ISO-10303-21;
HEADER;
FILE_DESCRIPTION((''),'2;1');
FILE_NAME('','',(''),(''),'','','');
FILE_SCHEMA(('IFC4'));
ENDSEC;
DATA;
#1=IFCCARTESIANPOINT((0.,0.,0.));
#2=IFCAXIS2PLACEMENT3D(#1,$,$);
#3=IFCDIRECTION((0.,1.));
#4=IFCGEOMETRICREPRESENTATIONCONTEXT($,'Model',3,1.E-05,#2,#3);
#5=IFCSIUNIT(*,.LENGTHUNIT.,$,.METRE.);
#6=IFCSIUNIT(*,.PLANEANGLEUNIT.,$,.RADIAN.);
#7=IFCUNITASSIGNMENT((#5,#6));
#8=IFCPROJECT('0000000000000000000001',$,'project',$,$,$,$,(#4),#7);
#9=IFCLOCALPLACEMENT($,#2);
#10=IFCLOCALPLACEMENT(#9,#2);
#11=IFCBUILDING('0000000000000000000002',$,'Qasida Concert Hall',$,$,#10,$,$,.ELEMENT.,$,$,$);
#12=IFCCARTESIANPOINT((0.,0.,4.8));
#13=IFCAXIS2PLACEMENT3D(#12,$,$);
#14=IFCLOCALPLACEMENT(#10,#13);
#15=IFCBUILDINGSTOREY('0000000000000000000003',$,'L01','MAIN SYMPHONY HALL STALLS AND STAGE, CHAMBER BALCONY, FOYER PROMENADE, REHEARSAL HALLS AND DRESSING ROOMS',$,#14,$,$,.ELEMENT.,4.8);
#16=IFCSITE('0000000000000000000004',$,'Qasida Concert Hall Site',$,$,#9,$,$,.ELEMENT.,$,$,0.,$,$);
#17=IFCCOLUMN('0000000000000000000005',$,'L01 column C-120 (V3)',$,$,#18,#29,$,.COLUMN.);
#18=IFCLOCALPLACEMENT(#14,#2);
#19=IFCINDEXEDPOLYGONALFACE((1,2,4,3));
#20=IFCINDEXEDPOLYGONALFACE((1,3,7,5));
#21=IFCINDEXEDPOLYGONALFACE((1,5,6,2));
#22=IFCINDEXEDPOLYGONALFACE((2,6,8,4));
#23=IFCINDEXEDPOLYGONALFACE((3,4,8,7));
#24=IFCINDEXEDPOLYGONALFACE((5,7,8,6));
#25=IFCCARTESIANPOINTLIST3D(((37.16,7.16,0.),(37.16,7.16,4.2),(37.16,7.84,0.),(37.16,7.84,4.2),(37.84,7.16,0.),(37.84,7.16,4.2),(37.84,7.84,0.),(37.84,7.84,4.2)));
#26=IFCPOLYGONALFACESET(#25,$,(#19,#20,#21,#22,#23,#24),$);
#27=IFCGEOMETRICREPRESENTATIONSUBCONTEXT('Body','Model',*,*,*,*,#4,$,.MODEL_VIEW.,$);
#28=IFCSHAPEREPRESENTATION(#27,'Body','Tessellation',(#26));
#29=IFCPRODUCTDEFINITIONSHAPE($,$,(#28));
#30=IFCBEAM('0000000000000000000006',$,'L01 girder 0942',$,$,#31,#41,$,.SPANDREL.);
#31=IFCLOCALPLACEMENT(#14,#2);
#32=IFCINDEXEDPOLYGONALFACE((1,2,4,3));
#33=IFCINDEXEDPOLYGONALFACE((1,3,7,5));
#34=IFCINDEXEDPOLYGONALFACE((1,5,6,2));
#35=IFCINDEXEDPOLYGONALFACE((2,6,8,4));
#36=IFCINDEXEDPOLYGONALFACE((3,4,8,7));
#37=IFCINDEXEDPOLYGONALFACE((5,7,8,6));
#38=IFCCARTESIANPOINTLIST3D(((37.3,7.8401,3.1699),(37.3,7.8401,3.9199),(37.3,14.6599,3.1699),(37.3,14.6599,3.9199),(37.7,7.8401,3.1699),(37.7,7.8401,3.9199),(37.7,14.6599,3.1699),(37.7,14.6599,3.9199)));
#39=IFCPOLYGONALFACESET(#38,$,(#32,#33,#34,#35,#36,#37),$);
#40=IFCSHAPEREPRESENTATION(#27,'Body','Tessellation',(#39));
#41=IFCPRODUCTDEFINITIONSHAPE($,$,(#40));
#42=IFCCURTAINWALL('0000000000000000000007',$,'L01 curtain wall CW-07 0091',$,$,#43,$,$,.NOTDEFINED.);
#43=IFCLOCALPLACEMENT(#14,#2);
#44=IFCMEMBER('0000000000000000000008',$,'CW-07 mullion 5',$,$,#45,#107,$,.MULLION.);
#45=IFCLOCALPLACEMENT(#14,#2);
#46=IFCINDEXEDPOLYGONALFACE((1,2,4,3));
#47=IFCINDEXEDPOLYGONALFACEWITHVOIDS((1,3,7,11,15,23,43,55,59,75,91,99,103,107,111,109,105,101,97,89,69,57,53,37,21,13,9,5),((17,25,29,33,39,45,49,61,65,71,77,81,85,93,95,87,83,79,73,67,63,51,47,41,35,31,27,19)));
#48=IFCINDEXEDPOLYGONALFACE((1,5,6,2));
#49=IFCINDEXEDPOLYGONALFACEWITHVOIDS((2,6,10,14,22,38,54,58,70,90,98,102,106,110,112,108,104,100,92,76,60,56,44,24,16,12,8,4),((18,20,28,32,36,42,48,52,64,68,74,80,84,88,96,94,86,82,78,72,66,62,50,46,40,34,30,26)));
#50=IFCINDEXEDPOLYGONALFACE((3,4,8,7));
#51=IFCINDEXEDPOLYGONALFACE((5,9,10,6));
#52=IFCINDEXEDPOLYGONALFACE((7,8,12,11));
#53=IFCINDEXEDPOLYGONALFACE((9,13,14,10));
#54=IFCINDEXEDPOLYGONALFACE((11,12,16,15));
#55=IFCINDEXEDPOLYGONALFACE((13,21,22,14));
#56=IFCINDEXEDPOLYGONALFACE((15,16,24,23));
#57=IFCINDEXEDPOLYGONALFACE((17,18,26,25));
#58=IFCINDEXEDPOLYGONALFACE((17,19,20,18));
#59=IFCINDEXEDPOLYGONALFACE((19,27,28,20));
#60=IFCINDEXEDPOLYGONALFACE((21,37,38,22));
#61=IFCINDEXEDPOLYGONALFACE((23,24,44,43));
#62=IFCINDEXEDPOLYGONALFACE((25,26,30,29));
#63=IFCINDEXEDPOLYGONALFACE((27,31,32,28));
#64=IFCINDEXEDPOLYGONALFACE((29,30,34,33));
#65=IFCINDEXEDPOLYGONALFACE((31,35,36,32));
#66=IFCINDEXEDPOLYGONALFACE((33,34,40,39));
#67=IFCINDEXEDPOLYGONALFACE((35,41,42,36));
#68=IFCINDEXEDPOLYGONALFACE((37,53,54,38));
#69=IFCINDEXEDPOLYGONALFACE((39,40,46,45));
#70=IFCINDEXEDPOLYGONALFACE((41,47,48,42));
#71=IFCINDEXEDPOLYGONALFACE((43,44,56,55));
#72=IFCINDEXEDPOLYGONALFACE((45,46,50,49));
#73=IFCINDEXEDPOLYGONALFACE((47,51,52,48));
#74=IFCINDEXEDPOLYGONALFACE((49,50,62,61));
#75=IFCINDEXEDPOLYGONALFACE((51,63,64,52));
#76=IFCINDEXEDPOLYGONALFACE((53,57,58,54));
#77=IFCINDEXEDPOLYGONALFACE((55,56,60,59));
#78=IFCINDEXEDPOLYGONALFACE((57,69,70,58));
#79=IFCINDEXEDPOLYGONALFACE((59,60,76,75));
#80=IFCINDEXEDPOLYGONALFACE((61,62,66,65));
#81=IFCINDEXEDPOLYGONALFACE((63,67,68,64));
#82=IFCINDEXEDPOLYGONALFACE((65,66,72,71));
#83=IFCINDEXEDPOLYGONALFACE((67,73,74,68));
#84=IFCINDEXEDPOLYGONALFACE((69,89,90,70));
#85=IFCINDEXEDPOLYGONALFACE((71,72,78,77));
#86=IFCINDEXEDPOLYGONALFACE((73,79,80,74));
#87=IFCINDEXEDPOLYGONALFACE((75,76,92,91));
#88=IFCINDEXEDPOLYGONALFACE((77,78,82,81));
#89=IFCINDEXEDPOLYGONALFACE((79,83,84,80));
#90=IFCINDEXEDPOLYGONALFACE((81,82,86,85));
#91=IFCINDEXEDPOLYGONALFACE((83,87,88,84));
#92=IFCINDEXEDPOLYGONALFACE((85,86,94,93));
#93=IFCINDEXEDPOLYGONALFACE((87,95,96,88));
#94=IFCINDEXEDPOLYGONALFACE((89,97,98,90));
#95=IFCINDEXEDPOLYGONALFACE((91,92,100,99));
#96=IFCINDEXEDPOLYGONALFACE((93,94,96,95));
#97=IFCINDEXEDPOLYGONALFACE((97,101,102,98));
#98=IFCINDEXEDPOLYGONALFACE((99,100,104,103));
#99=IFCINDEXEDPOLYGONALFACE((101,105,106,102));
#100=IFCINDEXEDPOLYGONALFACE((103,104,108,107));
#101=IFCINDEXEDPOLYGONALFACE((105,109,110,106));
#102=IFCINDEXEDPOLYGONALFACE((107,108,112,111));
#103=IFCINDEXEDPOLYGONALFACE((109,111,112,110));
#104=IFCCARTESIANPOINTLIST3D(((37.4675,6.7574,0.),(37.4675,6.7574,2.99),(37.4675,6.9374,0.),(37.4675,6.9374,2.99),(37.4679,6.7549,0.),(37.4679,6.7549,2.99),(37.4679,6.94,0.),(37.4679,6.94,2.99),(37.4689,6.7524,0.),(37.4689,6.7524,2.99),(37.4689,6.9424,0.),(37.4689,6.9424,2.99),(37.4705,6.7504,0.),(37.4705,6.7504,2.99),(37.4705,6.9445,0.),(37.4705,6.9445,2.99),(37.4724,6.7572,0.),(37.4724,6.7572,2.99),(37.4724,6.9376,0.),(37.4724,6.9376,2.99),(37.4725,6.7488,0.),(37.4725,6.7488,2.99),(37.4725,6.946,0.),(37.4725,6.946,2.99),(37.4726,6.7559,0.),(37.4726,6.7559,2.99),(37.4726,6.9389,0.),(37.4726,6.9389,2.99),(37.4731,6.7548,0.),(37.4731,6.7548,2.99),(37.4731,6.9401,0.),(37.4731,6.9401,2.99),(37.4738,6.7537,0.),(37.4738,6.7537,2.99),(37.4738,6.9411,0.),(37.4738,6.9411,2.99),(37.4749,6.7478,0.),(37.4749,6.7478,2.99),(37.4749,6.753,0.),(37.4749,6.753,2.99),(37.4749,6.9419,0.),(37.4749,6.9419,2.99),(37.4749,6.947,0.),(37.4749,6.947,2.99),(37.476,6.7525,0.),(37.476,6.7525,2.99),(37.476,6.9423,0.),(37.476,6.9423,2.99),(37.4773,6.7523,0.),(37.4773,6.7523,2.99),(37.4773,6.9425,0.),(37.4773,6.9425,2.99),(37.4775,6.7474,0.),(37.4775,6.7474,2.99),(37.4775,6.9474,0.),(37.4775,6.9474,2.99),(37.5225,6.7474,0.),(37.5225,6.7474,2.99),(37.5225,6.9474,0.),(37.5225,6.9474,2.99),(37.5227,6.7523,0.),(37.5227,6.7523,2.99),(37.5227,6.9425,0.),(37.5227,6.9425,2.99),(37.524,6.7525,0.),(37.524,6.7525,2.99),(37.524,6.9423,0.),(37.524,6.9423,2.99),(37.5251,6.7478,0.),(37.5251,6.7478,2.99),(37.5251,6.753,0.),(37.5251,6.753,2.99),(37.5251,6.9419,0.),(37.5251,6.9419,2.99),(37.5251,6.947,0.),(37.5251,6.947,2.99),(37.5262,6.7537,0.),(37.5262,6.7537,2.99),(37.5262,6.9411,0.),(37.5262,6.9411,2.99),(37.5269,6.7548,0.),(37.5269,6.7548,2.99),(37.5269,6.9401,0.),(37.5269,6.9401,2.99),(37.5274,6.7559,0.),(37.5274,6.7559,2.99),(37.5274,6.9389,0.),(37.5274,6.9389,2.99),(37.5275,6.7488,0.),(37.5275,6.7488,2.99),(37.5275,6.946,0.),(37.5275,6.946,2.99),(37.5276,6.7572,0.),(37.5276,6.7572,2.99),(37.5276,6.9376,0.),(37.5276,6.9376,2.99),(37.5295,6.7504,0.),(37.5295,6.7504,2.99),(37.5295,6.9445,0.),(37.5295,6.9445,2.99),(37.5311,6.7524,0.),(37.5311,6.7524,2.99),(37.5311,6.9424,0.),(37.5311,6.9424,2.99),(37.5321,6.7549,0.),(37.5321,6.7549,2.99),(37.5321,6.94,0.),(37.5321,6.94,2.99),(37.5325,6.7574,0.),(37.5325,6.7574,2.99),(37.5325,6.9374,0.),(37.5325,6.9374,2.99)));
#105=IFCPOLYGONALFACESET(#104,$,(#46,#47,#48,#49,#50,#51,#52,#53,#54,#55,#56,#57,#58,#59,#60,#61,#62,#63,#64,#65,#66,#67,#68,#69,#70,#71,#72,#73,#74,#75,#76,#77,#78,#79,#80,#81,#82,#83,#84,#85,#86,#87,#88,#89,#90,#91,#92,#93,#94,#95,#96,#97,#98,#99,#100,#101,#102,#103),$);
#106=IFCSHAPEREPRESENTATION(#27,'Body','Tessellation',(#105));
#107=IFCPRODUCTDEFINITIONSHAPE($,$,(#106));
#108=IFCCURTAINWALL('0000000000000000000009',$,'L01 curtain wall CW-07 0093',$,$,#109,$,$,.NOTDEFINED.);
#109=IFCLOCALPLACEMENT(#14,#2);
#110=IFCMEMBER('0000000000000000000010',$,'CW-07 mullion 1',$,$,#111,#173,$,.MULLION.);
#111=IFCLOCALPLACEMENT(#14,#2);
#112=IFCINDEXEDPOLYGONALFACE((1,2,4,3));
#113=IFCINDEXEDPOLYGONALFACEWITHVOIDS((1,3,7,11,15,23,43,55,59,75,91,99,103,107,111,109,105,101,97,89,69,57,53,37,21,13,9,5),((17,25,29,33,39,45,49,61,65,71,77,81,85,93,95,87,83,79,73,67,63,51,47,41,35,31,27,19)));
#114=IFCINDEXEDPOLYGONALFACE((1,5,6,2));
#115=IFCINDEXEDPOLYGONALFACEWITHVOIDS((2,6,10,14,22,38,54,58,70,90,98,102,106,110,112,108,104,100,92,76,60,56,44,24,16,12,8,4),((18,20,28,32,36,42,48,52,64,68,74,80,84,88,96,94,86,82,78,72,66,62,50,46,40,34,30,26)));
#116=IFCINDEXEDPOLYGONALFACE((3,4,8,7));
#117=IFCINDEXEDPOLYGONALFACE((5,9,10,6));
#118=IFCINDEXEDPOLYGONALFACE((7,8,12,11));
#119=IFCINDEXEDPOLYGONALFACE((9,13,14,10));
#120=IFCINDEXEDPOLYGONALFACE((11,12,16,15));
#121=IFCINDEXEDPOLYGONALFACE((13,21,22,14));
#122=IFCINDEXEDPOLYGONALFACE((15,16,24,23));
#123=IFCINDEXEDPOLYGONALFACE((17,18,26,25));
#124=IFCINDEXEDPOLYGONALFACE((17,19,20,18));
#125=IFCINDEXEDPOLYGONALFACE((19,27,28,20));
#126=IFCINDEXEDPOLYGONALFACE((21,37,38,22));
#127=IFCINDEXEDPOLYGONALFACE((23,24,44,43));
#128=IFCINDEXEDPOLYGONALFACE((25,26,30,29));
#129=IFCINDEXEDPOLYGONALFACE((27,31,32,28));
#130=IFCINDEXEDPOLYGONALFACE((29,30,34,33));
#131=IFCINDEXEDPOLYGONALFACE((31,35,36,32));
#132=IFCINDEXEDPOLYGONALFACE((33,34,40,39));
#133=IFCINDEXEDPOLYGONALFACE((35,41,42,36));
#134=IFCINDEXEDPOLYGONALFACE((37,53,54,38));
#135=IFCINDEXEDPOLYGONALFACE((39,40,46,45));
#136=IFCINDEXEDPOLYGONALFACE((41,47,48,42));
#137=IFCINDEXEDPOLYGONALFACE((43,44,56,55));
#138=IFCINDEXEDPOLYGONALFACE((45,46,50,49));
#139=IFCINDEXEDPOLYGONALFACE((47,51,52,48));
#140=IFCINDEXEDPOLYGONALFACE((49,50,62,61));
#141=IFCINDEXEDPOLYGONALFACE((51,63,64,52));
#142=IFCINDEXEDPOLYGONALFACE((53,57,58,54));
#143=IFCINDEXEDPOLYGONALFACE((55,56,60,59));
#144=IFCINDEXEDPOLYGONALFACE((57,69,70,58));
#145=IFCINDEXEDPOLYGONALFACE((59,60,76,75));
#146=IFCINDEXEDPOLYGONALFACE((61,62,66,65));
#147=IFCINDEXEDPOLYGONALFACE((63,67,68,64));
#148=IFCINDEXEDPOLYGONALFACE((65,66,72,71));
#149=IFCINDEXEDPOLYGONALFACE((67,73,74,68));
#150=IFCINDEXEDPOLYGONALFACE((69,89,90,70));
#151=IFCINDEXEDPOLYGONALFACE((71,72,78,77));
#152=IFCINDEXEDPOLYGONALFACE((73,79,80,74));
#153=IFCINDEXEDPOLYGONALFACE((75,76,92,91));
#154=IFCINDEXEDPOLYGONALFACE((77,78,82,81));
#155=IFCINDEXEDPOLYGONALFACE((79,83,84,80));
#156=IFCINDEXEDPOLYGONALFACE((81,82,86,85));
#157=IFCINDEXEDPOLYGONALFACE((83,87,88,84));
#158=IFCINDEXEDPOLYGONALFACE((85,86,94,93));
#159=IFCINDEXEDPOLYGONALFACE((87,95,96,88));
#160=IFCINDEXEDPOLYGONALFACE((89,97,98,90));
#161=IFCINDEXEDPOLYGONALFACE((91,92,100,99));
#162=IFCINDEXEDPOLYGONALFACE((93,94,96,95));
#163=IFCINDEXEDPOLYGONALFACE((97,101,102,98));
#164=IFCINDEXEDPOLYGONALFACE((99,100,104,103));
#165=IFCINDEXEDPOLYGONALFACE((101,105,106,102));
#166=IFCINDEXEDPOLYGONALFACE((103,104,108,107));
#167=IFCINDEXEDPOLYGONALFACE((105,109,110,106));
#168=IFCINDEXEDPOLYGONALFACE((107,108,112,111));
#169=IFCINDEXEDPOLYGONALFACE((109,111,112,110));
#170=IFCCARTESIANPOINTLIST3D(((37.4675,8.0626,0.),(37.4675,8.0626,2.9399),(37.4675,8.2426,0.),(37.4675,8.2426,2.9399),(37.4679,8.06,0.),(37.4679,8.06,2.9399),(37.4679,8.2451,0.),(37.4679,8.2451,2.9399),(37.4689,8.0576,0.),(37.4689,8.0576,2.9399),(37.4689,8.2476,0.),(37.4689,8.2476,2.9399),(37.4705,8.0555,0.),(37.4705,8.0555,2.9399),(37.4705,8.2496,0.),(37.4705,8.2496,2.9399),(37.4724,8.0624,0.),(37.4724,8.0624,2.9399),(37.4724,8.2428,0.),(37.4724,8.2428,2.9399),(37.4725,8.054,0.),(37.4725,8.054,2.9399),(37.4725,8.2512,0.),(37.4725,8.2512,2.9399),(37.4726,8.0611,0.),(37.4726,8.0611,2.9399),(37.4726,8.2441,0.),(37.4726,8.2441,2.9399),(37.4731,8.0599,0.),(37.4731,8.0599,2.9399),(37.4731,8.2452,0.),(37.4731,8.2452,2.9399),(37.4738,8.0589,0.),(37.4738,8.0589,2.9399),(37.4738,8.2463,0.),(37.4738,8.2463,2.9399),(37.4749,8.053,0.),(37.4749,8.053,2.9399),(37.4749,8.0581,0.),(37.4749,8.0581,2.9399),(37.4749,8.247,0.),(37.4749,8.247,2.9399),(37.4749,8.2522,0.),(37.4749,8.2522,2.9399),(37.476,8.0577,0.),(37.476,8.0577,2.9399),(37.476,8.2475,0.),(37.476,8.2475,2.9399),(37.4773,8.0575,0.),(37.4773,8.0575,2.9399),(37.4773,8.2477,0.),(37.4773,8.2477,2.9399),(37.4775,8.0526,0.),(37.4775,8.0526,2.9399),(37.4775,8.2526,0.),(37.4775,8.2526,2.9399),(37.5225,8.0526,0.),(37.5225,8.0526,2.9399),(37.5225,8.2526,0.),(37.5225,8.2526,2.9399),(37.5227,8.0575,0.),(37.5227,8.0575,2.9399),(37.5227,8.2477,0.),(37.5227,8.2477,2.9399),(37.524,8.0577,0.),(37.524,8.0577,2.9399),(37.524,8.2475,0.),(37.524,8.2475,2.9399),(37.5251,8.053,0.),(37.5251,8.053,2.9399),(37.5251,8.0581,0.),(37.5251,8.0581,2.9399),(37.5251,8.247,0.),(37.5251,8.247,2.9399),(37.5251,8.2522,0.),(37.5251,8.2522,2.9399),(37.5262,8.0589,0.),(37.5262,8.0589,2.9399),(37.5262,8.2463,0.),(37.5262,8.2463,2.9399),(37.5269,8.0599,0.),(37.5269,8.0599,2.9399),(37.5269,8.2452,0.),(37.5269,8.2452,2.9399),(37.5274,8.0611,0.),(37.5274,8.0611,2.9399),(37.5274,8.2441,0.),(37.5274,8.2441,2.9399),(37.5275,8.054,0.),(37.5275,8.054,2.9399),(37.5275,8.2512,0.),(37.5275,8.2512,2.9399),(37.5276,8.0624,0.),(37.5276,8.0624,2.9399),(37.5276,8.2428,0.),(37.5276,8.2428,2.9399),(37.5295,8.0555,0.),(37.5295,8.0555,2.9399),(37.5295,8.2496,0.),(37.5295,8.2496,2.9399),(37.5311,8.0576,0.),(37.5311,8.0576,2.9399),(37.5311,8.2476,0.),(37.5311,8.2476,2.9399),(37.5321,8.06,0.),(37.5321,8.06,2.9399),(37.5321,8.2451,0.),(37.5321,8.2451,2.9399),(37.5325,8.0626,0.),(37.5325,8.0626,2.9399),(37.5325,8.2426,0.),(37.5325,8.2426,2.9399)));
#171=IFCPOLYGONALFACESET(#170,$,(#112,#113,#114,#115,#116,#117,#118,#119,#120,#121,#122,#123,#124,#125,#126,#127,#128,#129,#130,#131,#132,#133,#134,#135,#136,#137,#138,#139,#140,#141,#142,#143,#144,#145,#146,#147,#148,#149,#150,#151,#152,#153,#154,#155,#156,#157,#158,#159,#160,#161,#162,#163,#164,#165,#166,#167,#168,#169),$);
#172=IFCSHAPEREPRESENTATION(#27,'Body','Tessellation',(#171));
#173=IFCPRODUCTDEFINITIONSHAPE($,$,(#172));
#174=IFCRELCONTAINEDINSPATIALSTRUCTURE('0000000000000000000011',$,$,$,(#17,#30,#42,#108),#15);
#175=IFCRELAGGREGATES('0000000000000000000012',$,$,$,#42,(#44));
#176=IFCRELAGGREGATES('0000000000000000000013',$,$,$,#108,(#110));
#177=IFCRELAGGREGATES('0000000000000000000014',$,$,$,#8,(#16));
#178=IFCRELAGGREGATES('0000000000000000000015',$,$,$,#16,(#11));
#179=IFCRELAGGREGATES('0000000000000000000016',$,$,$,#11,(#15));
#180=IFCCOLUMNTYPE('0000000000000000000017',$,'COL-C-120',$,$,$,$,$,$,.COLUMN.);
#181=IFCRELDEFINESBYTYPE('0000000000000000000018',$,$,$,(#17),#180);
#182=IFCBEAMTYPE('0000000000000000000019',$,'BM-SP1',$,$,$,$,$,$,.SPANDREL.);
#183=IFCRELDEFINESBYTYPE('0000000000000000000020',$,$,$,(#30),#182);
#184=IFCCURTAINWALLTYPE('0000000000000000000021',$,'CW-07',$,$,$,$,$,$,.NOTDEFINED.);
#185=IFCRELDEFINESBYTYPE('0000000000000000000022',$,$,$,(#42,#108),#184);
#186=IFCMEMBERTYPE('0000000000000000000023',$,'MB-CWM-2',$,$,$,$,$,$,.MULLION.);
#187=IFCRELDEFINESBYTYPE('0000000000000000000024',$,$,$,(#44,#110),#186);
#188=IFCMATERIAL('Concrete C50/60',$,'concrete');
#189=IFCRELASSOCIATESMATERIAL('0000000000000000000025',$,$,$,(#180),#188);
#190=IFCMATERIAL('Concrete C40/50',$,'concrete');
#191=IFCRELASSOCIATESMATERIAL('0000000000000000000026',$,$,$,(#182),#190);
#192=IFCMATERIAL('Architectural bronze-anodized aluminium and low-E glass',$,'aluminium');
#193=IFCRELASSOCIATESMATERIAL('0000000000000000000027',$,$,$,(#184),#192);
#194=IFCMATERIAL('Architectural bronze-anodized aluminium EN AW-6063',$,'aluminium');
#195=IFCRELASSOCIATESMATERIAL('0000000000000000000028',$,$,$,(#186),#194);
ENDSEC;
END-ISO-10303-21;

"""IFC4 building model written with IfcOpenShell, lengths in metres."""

from ifc_helpers import new_model, si_unit, direction, frame, origin, origin_2d, place, context, subcontext, project, spatial, rectangle, hollow_rectangle, extrude, material, material_profile, profile_set, type_object, element, aggregate, save


model = new_model("IFC4")

# Units and contexts
model_context = context("Model", 3, precision=1e-05, world=origin(), true_north=direction((0.0, 1.0)))
body_context = subcontext(model_context, "Body", "Model", "MODEL_VIEW")
ifc_project = project(units=[si_unit("LENGTHUNIT", "METRE"), si_unit("PLANEANGLEUNIT", "RADIAN")], contexts=[model_context])

# Site, building, storey
site_placement = place(None, origin())
site = spatial("IfcSite", under=ifc_project, at=site_placement, Name="Qasida Concert Hall Site", CompositionType="ELEMENT", RefElevation=0.0)
building_placement = place(site_placement, origin())
building = spatial("IfcBuilding", under=site, at=building_placement, Name="Qasida Concert Hall", CompositionType="ELEMENT")
storey_placement = place(building_placement, frame((0.0, 0.0, 4.8)))
storey = spatial("IfcBuildingStorey", under=building, at=storey_placement, Name="L01", Description="MAIN SYMPHONY HALL STALLS AND STAGE, CHAMBER BALCONY, FOYER PROMENADE, REHEARSAL HALLS AND DRESSING ROOMS", CompositionType="ELEMENT", Elevation=4.8)

# Column
ifc_material_1 = material(Name="Concrete C50/60", Category="concrete")
ifc_material_profile_1 = material_profile(ifc_material_1, rectangle(XDim=0.6799, YDim=0.6799, at=origin_2d()), Name="RC 680x680")
ifc_profile_set_1 = profile_set([ifc_material_profile_1], Name="Concrete C50/60")
column_type = type_object("IfcColumnType", Name="COL-C-120", PredefinedType="COLUMN", material=ifc_profile_set_1)
column_placement = place(storey_placement, frame((37.5, 7.5, 0.0), z_axis=(0.0, 0.0, 1.0), x_axis=(1.0, 0.0, 0.0)))
element("IfcColumn", 1, at=column_placement, inside=storey, type_object=column_type, Name="L01 column C-120 (V3)", PredefinedType="COLUMN", context=body_context, shape_type="SweptSolid", body=[
    extrude(rectangle(XDim=0.6799, YDim=0.6799, at=origin_2d()), origin(), (0.0, 0.0, 1.0), 4.2),
])

# Beam
ifc_material_2 = material(Name="Concrete C40/50", Category="concrete")
ifc_material_profile_2 = material_profile(ifc_material_2, rectangle(XDim=0.3999, YDim=0.75, at=origin_2d()), Name="RC 400x750")
ifc_profile_set_2 = profile_set([ifc_material_profile_2], Name="Concrete C40/50")
beam_type = type_object("IfcBeamType", Name="BM-SP1", PredefinedType="SPANDREL", material=ifc_profile_set_2)
beam_placement = place(storey_placement, frame((37.5, 7.8401, 3.5449), z_axis=(0.0, 1.0, 0.0), x_axis=(-1.0, 0.0, 0.0)))
element("IfcBeam", 2, at=beam_placement, inside=storey, type_object=beam_type, Name="L01 girder 0942", PredefinedType="SPANDREL", context=body_context, shape_type="SweptSolid", body=[
    extrude(rectangle(XDim=0.3999, YDim=0.75, at=origin_2d()), origin(), (0.0, 0.0, 1.0), 6.8198),
])

# Curtain wall, member
ifc_material_3 = material(Name="Architectural bronze-anodized aluminium and low-E glass", Category="aluminium")
curtain_wall_type = type_object("IfcCurtainWallType", Name="CW-07", PredefinedType="NOTDEFINED", material=ifc_material_3)
curtain_wall_1_placement = place(storey_placement, origin())
curtain_wall_1 = element("IfcCurtainWall", 3, at=curtain_wall_1_placement, inside=storey, type_object=curtain_wall_type, Name="L01 curtain wall CW-07 0091", PredefinedType="NOTDEFINED")
ifc_material_4 = material(Name="Architectural bronze-anodized aluminium EN AW-6063", Category="aluminium")
ifc_material_profile_3 = material_profile(ifc_material_4, hollow_rectangle(XDim=0.0649, YDim=0.2, WallThickness=0.0049, InnerFilletRadius=0.0049, OuterFilletRadius=0.01, at=origin_2d()), Name="CWM 200x65x5")
ifc_profile_set_3 = profile_set([ifc_material_profile_3], Name="Architectural bronze-anodized aluminium EN AW-6063")
member_type_1 = type_object("IfcMemberType", Name="MB-CWM-2", PredefinedType="MULLION", material=ifc_profile_set_3)
member_1_placement = place(storey_placement, frame((37.5, 6.8474, 0.0), z_axis=(0.0, 0.0, 1.0), x_axis=(-1.0, 0.0, 0.0)))
member_1 = element("IfcMember", 4, at=member_1_placement, type_object=member_type_1, Name="CW-07 mullion 5", PredefinedType="MULLION", context=body_context, shape_type="SweptSolid", body=[
    extrude(hollow_rectangle(XDim=0.0649, YDim=0.2, WallThickness=0.0049, InnerFilletRadius=0.0049, OuterFilletRadius=0.01, at=origin_2d()), origin(), (0.0, 0.0, 1.0), 2.99),
])

# Curtain wall, member
curtain_wall_2_placement = place(storey_placement, origin())
curtain_wall_2 = element("IfcCurtainWall", 5, at=curtain_wall_2_placement, inside=storey, type_object=curtain_wall_type, Name="L01 curtain wall CW-07 0093", PredefinedType="NOTDEFINED")
member_2_placement = place(storey_placement, frame((37.5, 8.1526, 0.0), z_axis=(0.0, 0.0, 1.0), x_axis=(-1.0, 0.0, 0.0)))
member_2 = element("IfcMember", 6, at=member_2_placement, type_object=member_type_1, Name="CW-07 mullion 1", PredefinedType="MULLION", context=body_context, shape_type="SweptSolid", body=[
    extrude(hollow_rectangle(XDim=0.0649, YDim=0.2, WallThickness=0.0049, InnerFilletRadius=0.0049, OuterFilletRadius=0.01, at=origin_2d()), origin(), (0.0, 0.0, 1.0), 2.9399),
])

aggregate(curtain_wall_1, [member_1])
aggregate(curtain_wall_2, [member_2])

save(model, "model.ifc")
